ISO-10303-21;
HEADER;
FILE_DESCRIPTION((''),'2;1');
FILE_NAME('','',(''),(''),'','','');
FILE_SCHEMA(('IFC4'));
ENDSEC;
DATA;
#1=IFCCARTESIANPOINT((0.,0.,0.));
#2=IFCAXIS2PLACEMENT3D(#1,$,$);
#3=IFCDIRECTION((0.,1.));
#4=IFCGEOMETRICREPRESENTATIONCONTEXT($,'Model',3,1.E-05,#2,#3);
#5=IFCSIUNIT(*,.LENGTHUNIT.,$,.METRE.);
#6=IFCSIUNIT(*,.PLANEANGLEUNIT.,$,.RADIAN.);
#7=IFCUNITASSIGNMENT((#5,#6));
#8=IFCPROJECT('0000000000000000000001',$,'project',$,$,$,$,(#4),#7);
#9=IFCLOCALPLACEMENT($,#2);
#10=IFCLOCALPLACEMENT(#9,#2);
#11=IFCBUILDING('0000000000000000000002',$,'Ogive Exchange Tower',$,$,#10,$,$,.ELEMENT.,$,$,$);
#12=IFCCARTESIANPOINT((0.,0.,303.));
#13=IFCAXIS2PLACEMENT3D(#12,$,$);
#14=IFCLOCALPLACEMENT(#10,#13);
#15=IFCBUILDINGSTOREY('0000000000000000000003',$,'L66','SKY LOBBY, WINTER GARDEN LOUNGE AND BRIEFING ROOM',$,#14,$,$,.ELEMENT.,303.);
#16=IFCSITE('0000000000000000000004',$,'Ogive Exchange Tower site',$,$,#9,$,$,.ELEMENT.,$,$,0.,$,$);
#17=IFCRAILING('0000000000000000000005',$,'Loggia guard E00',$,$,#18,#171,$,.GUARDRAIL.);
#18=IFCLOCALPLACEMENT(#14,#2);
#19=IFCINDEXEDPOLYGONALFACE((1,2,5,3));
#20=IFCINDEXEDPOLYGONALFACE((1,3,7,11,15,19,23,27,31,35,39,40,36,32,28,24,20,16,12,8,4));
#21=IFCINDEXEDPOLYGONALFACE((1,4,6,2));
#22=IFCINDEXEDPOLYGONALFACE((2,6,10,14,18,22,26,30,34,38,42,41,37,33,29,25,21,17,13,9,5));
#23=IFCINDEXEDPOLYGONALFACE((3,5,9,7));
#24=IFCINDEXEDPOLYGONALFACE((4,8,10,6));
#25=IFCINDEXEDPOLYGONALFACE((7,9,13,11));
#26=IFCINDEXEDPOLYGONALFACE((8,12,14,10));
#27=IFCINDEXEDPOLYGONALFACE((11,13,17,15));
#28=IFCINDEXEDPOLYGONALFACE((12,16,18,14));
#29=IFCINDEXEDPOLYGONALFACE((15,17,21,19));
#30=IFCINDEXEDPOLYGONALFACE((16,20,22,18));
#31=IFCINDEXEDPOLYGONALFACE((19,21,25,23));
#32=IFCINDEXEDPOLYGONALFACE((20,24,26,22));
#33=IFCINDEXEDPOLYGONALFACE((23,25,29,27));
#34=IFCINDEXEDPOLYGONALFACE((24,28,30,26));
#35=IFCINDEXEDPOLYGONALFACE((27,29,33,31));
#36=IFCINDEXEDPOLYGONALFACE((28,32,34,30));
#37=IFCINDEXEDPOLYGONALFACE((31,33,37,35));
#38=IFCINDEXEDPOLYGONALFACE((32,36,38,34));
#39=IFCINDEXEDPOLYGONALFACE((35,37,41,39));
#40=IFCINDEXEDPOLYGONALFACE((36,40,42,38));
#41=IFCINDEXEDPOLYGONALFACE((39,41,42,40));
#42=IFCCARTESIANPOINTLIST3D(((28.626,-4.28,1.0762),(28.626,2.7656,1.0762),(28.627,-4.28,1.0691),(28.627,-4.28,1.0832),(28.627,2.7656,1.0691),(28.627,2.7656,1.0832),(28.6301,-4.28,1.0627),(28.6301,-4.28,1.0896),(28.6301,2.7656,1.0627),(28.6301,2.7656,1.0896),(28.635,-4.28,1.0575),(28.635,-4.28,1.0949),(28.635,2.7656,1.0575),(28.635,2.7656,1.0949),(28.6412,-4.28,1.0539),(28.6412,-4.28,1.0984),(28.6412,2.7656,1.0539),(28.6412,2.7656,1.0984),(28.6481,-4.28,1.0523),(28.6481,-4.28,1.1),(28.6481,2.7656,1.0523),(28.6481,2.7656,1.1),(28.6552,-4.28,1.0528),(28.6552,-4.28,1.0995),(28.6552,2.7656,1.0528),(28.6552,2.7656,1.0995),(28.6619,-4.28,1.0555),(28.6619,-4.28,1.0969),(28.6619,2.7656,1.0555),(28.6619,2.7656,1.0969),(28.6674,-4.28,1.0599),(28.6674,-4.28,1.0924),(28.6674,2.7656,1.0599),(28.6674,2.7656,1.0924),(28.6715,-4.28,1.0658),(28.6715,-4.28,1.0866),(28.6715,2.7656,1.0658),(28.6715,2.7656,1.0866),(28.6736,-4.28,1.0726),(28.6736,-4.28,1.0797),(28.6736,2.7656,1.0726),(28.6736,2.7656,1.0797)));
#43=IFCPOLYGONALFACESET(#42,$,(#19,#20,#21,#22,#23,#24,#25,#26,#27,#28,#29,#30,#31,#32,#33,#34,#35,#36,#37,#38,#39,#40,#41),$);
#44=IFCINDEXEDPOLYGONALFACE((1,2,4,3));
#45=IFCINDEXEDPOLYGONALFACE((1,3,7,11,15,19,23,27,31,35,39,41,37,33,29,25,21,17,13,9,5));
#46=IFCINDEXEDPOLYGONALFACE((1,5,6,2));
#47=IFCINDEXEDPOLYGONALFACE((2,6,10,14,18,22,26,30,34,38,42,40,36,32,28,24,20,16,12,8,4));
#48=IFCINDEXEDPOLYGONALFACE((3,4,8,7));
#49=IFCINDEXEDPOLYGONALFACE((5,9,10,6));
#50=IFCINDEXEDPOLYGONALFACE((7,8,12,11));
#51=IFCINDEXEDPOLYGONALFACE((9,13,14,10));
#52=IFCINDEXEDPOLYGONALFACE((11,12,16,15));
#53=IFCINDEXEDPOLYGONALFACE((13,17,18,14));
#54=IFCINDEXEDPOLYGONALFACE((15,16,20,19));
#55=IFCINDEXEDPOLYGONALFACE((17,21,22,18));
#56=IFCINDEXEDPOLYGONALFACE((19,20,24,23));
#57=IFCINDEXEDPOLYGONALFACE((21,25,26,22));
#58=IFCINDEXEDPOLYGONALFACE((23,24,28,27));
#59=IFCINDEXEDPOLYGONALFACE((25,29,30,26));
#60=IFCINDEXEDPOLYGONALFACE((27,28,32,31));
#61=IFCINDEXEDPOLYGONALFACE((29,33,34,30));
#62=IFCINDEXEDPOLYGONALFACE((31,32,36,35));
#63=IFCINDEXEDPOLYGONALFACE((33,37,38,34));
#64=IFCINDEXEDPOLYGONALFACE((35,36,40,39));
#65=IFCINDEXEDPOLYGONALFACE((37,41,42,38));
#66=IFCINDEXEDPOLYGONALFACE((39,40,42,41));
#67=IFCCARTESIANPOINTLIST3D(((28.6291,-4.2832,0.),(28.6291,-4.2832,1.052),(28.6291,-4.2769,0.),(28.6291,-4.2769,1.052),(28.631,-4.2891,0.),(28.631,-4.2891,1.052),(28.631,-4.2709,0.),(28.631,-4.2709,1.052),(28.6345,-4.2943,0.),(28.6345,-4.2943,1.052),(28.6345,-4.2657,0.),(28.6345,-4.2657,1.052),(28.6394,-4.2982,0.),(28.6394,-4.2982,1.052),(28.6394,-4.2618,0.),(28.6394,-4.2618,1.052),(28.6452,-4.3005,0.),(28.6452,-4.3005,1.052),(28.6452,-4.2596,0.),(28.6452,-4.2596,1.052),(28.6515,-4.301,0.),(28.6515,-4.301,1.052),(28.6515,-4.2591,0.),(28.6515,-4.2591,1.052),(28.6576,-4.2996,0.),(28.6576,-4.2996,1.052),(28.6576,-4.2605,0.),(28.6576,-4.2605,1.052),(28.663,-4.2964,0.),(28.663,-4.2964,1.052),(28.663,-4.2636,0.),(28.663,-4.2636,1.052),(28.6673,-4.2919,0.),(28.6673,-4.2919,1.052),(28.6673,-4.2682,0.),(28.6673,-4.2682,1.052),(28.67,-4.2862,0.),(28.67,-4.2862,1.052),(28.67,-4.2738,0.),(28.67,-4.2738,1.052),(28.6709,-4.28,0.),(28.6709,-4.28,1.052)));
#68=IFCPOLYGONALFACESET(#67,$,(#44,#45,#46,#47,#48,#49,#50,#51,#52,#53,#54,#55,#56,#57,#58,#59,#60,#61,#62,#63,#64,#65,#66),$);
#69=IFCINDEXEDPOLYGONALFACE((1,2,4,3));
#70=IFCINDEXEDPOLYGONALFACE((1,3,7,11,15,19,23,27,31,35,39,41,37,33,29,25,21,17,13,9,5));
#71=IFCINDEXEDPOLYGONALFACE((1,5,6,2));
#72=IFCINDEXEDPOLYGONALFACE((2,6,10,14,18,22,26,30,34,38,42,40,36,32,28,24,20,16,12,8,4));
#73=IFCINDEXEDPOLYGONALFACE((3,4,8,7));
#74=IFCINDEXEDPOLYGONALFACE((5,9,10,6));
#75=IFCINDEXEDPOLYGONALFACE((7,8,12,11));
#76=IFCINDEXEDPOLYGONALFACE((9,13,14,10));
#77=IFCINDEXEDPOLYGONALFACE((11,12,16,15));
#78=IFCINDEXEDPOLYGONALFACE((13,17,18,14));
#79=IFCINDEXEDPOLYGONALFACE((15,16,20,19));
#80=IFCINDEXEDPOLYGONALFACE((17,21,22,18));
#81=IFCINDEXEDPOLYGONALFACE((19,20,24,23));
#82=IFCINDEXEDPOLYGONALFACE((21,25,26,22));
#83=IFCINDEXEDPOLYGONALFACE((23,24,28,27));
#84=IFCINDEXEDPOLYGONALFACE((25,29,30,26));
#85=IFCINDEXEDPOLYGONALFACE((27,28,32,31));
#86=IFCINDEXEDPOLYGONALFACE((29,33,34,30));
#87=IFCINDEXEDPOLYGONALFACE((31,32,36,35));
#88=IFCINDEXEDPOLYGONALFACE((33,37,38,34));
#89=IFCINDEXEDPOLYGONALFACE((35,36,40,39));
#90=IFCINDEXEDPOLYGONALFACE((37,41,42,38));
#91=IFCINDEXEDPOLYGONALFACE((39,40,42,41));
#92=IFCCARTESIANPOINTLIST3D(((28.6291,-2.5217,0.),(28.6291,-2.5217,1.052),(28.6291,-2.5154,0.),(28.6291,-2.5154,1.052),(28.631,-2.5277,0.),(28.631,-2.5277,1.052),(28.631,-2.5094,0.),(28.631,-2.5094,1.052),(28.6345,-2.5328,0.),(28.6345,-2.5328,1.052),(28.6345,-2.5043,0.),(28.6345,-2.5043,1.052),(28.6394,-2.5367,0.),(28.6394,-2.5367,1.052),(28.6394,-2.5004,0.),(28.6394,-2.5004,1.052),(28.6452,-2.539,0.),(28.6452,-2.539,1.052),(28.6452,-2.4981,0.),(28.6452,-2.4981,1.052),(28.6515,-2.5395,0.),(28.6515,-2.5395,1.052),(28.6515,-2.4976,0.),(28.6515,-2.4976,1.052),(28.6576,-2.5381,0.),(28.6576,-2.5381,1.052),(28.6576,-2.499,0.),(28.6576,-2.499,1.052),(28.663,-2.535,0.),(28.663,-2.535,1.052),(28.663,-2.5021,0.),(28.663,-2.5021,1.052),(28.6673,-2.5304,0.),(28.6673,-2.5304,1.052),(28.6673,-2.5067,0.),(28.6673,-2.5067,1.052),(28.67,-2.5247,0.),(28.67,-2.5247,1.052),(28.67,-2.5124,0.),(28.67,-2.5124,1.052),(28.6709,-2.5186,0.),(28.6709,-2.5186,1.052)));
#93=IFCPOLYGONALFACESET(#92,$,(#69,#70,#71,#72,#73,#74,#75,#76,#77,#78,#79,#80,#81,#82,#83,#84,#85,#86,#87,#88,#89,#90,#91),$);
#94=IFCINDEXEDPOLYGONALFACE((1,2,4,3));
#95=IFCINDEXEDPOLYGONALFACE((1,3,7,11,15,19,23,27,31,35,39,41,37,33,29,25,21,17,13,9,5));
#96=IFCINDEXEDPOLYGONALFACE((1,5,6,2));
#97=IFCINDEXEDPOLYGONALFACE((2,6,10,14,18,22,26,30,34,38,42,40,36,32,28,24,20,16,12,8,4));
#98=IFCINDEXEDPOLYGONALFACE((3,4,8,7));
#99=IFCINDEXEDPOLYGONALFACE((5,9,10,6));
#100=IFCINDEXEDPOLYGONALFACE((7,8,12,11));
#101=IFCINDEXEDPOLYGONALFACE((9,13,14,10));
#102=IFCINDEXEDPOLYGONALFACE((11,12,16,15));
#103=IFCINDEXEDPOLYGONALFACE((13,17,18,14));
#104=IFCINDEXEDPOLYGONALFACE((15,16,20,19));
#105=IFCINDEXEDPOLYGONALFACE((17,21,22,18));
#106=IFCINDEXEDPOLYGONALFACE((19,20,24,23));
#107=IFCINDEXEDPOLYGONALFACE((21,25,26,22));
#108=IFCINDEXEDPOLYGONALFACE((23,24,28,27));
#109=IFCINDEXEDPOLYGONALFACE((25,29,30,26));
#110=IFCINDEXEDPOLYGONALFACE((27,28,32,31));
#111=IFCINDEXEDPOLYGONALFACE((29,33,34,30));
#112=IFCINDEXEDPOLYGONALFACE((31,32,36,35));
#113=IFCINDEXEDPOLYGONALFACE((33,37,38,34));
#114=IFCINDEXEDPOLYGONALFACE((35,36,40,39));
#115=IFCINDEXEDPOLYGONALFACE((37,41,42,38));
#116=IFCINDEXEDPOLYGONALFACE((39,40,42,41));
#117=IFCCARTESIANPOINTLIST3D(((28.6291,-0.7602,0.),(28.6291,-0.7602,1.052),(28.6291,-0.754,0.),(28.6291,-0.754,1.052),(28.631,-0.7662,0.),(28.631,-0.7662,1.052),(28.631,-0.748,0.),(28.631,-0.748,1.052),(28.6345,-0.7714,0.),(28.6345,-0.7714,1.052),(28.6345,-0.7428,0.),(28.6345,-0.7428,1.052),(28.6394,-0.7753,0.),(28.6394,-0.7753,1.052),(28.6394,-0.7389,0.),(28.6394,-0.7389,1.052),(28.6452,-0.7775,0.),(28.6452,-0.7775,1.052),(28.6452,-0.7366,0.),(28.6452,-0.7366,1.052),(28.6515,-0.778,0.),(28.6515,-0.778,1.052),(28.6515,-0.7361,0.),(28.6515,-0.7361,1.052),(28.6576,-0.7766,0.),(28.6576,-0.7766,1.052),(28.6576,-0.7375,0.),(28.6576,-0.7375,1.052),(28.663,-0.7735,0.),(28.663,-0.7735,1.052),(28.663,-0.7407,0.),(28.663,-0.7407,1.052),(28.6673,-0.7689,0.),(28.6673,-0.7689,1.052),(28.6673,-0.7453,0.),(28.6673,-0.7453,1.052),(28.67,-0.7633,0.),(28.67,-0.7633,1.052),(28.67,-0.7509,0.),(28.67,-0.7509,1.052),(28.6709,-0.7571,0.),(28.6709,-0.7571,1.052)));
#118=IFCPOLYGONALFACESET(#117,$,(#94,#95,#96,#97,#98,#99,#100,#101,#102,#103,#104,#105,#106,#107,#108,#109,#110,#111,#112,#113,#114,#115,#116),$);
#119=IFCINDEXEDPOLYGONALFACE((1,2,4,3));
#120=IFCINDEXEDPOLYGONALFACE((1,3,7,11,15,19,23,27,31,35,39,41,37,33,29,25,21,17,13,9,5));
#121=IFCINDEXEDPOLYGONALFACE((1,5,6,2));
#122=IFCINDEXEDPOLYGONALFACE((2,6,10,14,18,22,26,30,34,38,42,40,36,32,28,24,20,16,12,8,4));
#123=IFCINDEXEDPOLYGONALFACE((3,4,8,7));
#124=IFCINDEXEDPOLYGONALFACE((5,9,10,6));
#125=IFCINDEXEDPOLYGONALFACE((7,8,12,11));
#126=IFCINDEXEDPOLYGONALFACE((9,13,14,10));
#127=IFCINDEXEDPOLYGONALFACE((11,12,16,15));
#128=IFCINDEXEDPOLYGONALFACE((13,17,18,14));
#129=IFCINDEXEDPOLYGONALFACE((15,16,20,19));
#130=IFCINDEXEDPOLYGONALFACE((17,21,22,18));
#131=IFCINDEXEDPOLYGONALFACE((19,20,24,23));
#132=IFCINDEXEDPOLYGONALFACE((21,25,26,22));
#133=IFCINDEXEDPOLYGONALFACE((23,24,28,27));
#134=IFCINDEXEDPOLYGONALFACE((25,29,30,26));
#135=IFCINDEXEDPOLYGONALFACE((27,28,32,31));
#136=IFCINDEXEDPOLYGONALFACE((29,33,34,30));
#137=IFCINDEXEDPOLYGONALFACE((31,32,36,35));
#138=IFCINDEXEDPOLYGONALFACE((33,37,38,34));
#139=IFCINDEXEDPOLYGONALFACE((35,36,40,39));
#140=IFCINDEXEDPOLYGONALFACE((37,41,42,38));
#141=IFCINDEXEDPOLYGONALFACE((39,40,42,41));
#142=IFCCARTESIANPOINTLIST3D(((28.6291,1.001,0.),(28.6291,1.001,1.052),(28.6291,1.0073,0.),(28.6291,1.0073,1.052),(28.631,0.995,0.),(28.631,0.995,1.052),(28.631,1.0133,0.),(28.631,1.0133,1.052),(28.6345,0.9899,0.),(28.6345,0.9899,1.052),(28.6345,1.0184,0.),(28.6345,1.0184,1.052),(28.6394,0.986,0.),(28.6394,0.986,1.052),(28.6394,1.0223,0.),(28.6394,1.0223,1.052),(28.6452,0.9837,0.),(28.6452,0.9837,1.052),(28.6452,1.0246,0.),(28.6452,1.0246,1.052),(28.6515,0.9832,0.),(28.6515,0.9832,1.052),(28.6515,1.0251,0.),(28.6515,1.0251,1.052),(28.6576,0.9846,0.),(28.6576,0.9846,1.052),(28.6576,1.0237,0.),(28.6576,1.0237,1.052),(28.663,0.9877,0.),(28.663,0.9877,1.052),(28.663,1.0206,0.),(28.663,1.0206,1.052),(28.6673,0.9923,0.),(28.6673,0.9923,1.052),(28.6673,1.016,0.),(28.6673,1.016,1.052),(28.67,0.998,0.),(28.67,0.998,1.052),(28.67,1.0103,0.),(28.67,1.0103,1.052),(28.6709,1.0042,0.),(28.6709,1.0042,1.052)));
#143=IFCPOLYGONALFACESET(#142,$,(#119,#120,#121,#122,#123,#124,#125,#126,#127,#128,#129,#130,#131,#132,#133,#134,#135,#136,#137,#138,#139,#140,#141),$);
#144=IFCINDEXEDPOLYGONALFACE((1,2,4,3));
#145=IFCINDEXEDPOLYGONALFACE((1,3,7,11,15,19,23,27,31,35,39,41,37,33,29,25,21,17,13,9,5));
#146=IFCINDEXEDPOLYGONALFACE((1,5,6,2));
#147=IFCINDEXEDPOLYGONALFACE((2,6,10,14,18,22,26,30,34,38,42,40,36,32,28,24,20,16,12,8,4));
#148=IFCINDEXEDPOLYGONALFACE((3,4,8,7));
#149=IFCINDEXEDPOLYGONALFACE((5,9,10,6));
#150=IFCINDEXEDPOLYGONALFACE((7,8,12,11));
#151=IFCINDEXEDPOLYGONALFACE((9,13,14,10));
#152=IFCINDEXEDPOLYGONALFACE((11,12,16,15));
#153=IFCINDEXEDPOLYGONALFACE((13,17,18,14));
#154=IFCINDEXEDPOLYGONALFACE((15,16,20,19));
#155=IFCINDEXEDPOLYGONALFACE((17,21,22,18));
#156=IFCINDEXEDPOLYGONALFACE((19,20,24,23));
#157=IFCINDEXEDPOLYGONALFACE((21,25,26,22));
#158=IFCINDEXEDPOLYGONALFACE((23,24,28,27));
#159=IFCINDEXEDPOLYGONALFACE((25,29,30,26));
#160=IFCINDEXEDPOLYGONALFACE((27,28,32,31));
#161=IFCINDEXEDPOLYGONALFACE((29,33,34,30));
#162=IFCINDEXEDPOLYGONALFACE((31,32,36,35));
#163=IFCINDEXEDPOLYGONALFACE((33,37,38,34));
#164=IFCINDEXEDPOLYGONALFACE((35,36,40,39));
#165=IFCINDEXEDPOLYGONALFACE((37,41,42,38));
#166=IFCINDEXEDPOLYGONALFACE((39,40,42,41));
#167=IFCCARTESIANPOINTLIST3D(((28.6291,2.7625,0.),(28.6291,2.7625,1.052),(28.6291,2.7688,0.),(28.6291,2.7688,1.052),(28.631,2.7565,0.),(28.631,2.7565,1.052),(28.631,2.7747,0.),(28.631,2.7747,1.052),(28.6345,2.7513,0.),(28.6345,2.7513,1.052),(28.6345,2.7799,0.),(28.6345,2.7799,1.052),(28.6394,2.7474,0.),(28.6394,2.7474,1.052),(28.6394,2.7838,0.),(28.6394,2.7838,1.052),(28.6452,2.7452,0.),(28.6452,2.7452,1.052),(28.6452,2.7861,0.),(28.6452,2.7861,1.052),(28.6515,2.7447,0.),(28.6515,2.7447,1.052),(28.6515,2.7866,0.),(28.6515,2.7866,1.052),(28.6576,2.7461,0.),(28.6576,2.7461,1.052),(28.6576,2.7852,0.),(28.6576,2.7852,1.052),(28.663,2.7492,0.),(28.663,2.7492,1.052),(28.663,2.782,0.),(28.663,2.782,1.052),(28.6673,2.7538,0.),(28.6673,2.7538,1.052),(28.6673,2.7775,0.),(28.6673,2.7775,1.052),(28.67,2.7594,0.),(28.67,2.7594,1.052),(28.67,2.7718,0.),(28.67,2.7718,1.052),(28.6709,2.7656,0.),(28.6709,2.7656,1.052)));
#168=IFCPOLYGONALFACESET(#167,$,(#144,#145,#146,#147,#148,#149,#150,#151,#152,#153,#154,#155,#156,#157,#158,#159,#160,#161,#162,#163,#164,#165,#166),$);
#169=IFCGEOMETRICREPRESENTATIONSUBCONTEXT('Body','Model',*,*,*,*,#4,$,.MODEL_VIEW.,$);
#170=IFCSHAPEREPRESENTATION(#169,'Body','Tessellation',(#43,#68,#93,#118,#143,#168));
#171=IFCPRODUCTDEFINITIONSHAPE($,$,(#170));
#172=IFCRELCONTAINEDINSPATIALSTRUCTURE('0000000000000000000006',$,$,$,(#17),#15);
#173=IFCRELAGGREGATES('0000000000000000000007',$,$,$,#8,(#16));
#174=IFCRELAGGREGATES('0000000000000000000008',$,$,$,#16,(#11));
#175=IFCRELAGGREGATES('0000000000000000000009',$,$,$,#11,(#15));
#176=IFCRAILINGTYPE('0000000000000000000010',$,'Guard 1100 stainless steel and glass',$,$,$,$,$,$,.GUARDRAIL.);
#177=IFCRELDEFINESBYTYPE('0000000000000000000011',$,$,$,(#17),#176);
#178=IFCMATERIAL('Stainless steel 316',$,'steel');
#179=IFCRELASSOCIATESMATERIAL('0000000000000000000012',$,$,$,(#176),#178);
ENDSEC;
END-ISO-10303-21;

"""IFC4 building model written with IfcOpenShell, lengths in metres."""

from ifc_helpers import new_model, si_unit, direction, frame, origin, origin_2d, place, context, subcontext, project, spatial, circle, extrude, material, type_object, element, save


model = new_model("IFC4")

# Units and contexts
model_context = context("Model", 3, precision=1e-05, world=origin(), true_north=direction((0.0, 1.0)))
body_context = subcontext(model_context, "Body", "Model", "MODEL_VIEW")
ifc_project = project(units=[si_unit("LENGTHUNIT", "METRE"), si_unit("PLANEANGLEUNIT", "RADIAN")], contexts=[model_context])

# Site, building, storey
site_placement = place(None, origin())
site = spatial("IfcSite", under=ifc_project, at=site_placement, Name="Ogive Exchange Tower site", CompositionType="ELEMENT", RefElevation=0.0)
building_placement = place(site_placement, origin())
building = spatial("IfcBuilding", under=site, at=building_placement, Name="Ogive Exchange Tower", CompositionType="ELEMENT")
storey_placement = place(building_placement, frame((0.0, 0.0, 303.0)))
storey = spatial("IfcBuildingStorey", under=building, at=storey_placement, Name="L66", Description="SKY LOBBY, WINTER GARDEN LOUNGE AND BRIEFING ROOM", CompositionType="ELEMENT", Elevation=303.0)

# Railing
ifc_material_1 = material(Name="Stainless steel 316", Category="steel")
railing_type_1 = type_object("IfcRailingType", Name="Guard 1100 stainless steel and glass", PredefinedType="GUARDRAIL", material=ifc_material_1)
railing_1_placement = place(storey_placement, frame((28.6499, -4.28, 0.0)))
element("IfcRailing", 1, at=railing_1_placement, inside=storey, type_object=railing_type_1, Name="Loggia guard E00", PredefinedType="GUARDRAIL", context=body_context, shape_type="SweptSolid", body=[
    extrude(circle(Radius=0.0239, at=origin_2d()), frame((0.0, 0.0, 1.0762), z_axis=(0.0, 1.0, 0.0), x_axis=(-1.0, 0.0, 0.0)), (0.0, 0.0, 1.0), 7.0457),
    extrude(circle(Radius=0.021, at=origin_2d()), origin(), (0.0, 0.0, 1.0), 1.052),
    extrude(circle(Radius=0.021, at=origin_2d()), frame((0.0, 1.7615, 0.0)), (0.0, 0.0, 1.0), 1.052),
    extrude(circle(Radius=0.021, at=origin_2d()), frame((0.0, 3.5229, 0.0)), (0.0, 0.0, 1.0), 1.052),
    extrude(circle(Radius=0.021, at=origin_2d()), frame((0.0, 5.2842, 0.0)), (0.0, 0.0, 1.0), 1.052),
    extrude(circle(Radius=0.021, at=origin_2d()), frame((0.0, 7.0457, 0.0)), (0.0, 0.0, 1.0), 1.052),
])

save(model, "model.ifc")
